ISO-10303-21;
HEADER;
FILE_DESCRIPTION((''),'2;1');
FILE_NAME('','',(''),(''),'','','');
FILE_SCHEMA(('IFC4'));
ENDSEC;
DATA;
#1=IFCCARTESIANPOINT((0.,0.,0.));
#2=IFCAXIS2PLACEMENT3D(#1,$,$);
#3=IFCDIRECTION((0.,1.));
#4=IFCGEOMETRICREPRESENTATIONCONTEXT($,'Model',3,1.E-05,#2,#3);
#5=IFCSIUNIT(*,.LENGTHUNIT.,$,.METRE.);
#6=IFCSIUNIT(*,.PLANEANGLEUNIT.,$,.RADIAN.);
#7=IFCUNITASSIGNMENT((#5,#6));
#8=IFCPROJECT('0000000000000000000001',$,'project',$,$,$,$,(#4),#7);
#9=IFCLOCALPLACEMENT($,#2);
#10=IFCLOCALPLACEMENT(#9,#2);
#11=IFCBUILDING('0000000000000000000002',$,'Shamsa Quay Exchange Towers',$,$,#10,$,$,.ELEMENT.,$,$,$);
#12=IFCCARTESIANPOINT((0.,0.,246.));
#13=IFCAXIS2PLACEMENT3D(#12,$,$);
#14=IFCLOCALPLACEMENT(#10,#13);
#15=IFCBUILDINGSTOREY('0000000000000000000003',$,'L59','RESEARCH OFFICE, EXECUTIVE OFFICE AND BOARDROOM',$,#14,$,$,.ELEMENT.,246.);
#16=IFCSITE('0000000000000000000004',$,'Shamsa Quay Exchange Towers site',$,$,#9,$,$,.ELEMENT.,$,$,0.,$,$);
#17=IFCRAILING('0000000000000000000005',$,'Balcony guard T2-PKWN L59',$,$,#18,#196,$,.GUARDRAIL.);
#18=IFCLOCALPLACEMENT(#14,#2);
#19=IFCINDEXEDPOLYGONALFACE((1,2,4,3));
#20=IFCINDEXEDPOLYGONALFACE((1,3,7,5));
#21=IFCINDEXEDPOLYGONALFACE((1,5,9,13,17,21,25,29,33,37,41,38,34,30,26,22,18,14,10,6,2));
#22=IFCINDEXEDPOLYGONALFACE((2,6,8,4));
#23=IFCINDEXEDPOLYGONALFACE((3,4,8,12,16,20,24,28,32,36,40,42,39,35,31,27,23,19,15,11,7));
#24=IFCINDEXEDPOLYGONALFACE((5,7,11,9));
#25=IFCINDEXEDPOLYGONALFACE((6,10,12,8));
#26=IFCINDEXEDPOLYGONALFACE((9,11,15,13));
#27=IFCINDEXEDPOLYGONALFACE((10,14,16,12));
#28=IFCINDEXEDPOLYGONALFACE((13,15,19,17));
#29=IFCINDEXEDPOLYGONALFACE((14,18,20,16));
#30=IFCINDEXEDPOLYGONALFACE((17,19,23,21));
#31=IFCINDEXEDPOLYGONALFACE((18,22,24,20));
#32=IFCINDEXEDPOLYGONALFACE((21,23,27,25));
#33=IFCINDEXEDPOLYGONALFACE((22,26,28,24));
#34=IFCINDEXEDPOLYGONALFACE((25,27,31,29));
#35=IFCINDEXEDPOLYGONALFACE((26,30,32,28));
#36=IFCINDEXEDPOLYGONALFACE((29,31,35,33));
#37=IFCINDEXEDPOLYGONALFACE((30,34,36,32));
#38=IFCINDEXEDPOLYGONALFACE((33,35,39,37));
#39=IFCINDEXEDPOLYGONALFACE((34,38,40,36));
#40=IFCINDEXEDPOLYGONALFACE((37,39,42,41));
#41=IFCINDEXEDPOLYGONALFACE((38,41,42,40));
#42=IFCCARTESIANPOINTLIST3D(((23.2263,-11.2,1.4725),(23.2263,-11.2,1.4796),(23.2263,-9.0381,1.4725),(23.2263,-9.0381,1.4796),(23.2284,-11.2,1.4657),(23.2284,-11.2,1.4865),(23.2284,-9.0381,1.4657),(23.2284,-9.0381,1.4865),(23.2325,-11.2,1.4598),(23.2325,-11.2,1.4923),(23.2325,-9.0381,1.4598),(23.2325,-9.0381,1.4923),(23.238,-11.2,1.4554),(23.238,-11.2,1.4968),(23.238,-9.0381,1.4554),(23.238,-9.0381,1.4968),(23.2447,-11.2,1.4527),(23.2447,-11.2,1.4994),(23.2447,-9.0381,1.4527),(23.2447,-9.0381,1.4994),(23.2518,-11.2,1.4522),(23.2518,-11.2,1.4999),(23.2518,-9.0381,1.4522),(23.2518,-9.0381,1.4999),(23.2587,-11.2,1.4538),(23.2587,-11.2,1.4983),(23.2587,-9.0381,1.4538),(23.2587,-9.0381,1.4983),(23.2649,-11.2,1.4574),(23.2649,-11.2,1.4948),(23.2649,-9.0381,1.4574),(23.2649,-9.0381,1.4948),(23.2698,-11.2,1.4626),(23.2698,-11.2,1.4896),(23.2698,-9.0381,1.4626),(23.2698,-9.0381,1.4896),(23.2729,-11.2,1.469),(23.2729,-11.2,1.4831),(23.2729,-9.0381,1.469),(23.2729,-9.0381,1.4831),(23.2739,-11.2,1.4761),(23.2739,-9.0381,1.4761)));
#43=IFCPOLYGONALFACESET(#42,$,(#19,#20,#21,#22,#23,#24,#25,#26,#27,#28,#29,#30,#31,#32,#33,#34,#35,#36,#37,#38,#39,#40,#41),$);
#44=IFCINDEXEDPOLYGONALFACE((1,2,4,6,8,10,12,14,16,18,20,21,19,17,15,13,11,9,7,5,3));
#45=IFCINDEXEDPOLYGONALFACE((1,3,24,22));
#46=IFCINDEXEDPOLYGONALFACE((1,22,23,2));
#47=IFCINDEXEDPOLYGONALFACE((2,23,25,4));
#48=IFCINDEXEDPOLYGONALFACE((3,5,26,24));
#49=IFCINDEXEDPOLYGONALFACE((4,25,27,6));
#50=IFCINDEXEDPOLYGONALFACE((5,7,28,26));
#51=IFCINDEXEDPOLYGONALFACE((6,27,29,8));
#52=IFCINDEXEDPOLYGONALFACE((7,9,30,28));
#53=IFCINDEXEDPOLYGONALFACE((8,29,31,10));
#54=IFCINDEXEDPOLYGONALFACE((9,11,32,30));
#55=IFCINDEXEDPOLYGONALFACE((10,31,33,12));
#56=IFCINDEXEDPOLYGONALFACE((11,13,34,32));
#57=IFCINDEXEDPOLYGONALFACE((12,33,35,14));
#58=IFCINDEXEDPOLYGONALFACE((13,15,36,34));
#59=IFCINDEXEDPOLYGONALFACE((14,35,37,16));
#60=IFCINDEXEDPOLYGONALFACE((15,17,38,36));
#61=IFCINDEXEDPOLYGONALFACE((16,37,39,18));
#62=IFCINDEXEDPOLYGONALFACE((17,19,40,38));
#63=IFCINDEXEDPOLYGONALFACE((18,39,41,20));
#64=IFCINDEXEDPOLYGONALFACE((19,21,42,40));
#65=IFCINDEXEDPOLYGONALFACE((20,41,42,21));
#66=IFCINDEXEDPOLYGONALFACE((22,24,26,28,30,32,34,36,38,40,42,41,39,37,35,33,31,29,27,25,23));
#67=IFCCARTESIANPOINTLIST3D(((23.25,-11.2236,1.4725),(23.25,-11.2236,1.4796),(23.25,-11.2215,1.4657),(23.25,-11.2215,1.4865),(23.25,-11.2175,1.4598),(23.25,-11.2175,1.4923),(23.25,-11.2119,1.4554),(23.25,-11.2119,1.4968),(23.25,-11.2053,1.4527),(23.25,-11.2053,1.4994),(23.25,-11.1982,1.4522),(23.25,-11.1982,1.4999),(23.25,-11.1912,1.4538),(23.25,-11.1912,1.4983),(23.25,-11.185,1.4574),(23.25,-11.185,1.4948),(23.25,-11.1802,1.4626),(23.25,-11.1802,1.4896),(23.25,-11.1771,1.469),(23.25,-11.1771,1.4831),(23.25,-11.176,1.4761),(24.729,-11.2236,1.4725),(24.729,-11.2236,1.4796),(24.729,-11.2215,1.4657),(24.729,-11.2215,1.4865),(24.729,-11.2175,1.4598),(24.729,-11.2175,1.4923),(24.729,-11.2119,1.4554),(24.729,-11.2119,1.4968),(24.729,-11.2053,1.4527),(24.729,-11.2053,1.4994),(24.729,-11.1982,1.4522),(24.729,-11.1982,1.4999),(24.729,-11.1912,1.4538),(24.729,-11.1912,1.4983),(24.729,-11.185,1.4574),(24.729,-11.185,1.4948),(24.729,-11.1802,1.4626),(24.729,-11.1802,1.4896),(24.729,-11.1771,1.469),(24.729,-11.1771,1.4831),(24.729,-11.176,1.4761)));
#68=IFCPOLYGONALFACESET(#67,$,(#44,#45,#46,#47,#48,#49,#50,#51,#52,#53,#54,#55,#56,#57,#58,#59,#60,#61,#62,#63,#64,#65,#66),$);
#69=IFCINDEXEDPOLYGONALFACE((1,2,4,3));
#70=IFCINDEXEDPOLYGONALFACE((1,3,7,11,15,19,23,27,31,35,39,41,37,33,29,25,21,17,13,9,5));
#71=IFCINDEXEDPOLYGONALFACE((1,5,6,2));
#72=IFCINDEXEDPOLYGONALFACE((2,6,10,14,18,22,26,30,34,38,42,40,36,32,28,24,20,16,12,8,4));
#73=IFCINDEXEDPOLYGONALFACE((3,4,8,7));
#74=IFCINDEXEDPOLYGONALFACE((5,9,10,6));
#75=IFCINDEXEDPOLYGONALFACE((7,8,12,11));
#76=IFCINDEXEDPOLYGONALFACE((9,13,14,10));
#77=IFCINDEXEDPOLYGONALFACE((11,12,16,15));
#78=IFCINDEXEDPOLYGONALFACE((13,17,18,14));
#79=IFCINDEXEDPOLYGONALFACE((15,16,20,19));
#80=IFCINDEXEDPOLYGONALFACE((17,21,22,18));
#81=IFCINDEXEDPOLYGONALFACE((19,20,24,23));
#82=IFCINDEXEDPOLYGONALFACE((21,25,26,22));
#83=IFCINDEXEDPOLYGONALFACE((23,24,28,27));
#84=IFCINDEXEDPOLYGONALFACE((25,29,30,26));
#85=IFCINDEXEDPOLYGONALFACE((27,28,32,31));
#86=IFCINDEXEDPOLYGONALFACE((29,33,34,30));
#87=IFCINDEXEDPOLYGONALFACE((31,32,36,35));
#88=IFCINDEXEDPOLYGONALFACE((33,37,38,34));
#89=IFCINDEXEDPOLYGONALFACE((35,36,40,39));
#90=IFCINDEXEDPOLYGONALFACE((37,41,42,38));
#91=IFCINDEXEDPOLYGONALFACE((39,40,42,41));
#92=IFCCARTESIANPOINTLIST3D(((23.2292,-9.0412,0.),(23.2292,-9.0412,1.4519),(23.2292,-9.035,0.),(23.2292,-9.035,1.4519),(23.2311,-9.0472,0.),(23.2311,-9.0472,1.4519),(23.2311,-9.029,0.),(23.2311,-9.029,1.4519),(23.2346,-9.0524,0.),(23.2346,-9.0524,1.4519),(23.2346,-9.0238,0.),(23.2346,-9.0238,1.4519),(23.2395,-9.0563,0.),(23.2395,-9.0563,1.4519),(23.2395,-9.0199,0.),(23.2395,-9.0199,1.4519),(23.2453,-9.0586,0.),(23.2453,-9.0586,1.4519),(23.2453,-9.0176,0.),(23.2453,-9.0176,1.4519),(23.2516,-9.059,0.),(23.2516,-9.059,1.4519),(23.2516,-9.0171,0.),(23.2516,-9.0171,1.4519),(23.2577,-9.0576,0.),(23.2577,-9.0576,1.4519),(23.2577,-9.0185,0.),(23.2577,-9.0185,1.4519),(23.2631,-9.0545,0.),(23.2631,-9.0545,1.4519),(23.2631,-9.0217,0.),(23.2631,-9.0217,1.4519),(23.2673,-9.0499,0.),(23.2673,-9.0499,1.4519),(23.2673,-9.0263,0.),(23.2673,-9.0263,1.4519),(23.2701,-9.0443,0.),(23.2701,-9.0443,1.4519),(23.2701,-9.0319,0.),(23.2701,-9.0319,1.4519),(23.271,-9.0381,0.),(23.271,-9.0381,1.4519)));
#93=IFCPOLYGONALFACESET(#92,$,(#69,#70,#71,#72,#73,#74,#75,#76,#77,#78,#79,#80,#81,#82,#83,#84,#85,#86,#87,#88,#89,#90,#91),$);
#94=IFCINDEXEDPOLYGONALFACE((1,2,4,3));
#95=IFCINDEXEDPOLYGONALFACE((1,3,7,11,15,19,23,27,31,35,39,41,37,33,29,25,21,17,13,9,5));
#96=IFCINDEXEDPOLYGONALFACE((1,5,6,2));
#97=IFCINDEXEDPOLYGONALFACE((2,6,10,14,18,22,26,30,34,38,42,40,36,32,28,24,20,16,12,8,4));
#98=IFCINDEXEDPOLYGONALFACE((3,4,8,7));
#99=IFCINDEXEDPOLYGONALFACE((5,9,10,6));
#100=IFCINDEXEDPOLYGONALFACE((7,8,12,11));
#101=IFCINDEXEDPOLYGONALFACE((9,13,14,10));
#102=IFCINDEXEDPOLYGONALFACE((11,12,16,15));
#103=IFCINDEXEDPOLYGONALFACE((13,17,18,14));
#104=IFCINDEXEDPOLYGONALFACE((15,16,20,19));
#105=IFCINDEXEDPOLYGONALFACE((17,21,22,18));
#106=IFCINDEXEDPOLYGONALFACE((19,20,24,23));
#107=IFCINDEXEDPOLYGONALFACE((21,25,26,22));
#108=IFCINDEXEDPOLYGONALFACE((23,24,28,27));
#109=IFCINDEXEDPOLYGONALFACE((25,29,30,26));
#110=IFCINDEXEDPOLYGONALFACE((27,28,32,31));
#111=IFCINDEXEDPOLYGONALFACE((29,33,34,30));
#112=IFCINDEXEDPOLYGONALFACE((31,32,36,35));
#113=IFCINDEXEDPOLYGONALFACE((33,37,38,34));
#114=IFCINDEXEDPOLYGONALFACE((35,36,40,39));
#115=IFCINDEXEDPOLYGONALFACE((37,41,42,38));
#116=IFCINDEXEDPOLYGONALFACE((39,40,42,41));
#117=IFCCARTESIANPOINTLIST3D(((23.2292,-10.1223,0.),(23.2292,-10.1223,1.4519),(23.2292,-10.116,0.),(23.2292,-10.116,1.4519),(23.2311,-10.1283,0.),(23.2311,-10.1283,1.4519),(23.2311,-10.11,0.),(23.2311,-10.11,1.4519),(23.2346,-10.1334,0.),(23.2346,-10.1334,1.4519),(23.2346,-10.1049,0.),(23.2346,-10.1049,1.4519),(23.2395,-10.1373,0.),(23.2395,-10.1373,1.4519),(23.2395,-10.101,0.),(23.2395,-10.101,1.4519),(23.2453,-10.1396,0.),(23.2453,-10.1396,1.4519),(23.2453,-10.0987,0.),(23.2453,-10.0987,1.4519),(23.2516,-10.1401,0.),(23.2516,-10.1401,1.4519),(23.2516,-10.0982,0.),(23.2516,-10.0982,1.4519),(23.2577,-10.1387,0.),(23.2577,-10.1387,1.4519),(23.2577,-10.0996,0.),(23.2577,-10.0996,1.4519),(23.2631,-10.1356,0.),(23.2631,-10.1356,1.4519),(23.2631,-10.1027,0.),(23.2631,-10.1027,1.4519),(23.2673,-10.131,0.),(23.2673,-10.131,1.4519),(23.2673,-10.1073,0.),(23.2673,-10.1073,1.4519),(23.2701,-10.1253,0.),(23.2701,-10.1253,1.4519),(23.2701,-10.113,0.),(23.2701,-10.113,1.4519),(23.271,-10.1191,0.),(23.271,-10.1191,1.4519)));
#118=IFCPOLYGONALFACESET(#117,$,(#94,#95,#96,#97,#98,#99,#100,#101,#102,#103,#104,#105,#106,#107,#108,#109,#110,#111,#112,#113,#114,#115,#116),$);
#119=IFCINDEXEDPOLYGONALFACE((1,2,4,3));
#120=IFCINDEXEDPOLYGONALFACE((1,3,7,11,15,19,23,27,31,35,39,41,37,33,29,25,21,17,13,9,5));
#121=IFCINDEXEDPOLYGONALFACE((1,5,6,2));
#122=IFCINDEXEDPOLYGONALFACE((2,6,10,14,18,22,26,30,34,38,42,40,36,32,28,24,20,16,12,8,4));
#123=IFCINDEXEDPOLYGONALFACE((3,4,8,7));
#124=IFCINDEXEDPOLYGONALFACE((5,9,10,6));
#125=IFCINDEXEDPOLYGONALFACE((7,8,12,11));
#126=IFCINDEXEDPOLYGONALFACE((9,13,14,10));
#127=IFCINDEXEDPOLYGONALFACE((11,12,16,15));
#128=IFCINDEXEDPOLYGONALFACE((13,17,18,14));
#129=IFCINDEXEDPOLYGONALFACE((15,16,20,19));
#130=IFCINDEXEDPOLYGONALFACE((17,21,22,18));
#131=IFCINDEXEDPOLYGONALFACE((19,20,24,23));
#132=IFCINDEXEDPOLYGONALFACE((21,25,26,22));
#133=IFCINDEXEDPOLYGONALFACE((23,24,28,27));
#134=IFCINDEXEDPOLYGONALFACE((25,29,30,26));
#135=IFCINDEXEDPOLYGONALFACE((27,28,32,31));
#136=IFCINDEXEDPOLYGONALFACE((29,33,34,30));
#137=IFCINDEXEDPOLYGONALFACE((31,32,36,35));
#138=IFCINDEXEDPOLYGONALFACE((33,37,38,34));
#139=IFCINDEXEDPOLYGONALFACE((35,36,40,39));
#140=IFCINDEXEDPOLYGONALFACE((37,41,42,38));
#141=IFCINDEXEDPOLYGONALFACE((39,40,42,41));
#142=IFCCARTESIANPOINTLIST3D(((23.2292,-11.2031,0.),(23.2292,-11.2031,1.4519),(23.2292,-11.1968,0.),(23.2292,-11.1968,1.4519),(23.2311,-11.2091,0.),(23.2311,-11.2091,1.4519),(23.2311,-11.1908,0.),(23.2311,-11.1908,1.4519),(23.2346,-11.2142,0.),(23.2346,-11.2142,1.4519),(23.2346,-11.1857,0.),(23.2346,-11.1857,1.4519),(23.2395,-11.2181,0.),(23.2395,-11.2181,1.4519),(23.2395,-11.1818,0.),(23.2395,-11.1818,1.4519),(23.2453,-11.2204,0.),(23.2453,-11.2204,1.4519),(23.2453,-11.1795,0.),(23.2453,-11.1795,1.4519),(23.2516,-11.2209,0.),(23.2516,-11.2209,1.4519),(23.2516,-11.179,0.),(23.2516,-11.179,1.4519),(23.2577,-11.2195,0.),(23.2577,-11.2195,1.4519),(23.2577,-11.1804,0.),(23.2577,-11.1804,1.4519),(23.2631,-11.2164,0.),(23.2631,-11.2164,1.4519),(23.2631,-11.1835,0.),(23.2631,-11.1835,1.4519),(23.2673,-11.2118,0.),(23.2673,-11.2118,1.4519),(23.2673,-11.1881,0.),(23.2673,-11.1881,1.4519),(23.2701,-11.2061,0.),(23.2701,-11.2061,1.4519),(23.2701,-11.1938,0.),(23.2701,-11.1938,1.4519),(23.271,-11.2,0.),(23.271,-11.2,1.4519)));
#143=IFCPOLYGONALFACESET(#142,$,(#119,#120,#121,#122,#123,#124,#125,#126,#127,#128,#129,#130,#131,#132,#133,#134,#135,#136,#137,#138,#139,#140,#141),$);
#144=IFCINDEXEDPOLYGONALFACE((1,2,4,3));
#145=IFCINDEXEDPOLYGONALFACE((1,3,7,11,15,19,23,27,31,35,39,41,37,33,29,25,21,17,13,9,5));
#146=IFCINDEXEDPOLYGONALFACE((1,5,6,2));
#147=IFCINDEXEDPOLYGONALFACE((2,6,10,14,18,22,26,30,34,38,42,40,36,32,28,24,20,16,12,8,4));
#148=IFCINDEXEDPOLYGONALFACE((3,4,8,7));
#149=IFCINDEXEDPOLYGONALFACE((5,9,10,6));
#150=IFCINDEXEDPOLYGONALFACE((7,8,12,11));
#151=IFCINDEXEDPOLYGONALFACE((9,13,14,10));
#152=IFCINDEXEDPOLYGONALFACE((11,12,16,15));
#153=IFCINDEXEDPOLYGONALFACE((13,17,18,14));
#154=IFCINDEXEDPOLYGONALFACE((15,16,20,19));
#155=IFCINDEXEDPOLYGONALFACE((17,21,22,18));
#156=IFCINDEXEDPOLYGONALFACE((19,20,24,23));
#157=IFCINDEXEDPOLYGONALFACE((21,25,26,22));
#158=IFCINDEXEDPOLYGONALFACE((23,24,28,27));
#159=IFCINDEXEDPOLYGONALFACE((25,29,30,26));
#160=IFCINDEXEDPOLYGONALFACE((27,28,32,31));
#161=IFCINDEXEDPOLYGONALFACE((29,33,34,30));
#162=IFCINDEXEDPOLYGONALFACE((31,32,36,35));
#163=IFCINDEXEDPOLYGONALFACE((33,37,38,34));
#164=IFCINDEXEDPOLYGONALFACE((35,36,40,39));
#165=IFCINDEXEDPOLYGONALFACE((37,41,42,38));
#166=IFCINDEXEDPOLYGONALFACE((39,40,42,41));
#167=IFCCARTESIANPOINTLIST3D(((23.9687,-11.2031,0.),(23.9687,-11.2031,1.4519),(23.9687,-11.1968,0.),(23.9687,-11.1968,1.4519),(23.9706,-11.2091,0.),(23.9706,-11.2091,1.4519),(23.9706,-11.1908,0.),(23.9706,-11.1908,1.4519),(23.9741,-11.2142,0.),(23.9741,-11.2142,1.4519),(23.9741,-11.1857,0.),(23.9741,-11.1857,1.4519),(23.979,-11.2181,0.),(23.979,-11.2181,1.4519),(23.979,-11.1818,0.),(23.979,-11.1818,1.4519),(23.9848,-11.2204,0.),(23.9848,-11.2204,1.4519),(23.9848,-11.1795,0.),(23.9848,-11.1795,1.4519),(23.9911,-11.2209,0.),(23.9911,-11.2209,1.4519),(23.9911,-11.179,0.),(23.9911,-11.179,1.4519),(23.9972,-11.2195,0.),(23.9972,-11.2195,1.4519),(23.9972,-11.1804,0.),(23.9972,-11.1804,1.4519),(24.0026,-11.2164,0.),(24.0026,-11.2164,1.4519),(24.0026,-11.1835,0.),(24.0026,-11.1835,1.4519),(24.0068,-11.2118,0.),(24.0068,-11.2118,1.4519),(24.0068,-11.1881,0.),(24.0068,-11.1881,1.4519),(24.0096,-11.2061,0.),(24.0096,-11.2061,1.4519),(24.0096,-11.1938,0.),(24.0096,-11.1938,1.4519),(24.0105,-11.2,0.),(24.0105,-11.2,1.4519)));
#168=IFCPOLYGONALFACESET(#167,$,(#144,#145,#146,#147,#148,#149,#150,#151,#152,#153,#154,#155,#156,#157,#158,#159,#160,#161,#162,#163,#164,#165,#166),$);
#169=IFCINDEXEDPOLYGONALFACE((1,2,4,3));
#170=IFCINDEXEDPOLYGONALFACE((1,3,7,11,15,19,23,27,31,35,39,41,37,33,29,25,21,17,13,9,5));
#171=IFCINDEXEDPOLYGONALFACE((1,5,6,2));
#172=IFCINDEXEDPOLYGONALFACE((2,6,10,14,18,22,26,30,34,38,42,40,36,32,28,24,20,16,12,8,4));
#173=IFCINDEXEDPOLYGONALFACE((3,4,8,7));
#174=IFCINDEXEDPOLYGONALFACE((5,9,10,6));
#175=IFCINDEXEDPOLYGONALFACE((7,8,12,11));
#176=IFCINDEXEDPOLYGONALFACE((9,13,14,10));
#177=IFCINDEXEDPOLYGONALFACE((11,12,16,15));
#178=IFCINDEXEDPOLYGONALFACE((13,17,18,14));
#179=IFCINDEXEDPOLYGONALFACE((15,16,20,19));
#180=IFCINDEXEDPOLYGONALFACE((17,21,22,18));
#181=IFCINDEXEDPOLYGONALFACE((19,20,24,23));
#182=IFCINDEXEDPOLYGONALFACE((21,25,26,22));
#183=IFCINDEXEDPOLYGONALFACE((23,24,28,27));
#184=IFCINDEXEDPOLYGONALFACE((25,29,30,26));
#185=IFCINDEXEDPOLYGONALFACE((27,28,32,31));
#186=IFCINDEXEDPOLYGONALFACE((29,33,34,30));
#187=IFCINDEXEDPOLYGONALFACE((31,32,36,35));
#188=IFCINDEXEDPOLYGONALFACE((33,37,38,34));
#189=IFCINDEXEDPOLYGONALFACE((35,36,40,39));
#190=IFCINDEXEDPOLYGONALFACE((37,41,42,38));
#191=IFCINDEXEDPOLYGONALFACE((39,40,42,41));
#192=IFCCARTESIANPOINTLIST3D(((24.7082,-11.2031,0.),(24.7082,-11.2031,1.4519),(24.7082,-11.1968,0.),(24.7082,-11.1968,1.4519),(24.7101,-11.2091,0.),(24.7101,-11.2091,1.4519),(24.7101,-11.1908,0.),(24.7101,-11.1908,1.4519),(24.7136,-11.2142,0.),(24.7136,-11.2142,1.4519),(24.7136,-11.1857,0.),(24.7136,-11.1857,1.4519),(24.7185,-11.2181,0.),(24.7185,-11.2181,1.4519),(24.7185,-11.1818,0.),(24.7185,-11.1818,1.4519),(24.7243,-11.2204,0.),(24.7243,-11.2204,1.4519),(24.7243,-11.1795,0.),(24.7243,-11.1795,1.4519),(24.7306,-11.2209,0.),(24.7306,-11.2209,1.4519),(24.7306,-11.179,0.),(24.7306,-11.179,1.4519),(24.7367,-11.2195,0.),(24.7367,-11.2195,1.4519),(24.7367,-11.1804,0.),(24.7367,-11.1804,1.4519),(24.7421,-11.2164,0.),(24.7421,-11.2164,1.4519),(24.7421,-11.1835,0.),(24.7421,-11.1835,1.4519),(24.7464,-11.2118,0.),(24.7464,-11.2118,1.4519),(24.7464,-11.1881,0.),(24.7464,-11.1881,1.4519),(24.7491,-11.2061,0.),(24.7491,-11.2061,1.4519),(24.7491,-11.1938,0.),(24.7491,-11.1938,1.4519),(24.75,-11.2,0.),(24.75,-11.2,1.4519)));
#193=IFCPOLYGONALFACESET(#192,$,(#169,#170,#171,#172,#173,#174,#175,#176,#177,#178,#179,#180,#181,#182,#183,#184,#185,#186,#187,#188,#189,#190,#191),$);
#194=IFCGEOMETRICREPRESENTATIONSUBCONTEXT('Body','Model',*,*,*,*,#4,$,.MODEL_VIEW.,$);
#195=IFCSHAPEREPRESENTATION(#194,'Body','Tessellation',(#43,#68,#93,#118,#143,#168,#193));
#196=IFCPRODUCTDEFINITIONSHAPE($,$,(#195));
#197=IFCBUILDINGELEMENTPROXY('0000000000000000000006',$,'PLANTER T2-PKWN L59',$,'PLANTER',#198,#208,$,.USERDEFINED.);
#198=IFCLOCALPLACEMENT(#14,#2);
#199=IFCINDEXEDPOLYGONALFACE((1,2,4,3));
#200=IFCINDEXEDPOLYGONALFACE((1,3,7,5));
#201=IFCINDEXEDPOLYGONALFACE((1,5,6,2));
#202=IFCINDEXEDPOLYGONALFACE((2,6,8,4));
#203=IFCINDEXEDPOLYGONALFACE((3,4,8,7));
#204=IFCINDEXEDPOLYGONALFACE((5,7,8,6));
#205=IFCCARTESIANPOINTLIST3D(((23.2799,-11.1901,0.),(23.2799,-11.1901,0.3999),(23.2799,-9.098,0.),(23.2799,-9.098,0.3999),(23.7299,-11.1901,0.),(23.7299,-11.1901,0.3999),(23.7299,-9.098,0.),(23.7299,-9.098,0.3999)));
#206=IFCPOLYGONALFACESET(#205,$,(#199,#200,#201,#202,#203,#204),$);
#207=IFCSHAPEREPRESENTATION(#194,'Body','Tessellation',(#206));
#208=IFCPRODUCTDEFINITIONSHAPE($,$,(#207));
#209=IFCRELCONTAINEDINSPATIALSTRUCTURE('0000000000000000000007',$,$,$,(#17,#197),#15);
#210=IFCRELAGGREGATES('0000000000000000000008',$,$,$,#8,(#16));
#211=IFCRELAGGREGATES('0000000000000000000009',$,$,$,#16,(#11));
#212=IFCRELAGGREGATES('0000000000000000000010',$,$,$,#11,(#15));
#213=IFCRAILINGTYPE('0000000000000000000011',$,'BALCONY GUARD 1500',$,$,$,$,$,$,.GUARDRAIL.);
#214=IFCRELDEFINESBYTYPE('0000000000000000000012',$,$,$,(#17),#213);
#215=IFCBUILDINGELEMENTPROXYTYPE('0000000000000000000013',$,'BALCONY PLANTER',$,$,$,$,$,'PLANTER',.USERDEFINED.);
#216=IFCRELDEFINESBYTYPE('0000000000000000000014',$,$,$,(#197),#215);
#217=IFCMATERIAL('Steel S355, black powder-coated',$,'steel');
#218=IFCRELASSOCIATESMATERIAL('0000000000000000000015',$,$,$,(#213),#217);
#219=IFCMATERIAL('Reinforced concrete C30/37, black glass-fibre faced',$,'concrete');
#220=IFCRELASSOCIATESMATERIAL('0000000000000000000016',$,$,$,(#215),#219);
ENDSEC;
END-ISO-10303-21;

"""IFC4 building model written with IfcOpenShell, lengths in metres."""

from ifc_helpers import new_model, si_unit, direction, frame, origin, origin_2d, place, context, subcontext, project, spatial, rectangle, circle, extrude, material, type_object, element, save


model = new_model("IFC4")

# Units and contexts
model_context = context("Model", 3, precision=1e-05, world=origin(), true_north=direction((0.0, 1.0)))
body_context = subcontext(model_context, "Body", "Model", "MODEL_VIEW")
ifc_project = project(units=[si_unit("LENGTHUNIT", "METRE"), si_unit("PLANEANGLEUNIT", "RADIAN")], contexts=[model_context])

# Site, building, storey
site_placement = place(None, origin())
site = spatial("IfcSite", under=ifc_project, at=site_placement, Name="Shamsa Quay Exchange Towers site", CompositionType="ELEMENT", RefElevation=0.0)
building_placement = place(site_placement, origin())
building = spatial("IfcBuilding", under=site, at=building_placement, Name="Shamsa Quay Exchange Towers", CompositionType="ELEMENT")
storey_placement = place(building_placement, frame((0.0, 0.0, 246.0)))
storey = spatial("IfcBuildingStorey", under=building, at=storey_placement, Name="L59", Description="RESEARCH OFFICE, EXECUTIVE OFFICE AND BOARDROOM", CompositionType="ELEMENT", Elevation=246.0)

# Railing
ifc_material_1 = material(Name="Steel S355, black powder-coated", Category="steel")
railing_type = type_object("IfcRailingType", Name="BALCONY GUARD 1500", PredefinedType="GUARDRAIL", material=ifc_material_1)
railing_placement = place(storey_placement, frame((23.25, -9.0381, 0.0)))
element("IfcRailing", 1, at=railing_placement, inside=storey, type_object=railing_type, Name="Balcony guard T2-PKWN L59", PredefinedType="GUARDRAIL", context=body_context, shape_type="SweptSolid", body=[
    extrude(circle(Radius=0.0239, at=origin_2d()), frame((0.0, 0.0, 1.4761), z_axis=(0.0, -1.0, 0.0), x_axis=(1.0, 0.0, 0.0)), (0.0, 0.0, 1.0), 2.1619),
    extrude(circle(Radius=0.0239, at=origin_2d()), frame((0.0, -2.1619, 1.4761), z_axis=(1.0, 0.0, 0.0), x_axis=(0.0, 1.0, 0.0)), (0.0, 0.0, 1.0), 1.479),
    extrude(circle(Radius=0.021, at=origin_2d()), origin(), (0.0, 0.0, 1.0), 1.4519),
    extrude(circle(Radius=0.021, at=origin_2d()), frame((0.0, -1.0811, 0.0)), (0.0, 0.0, 1.0), 1.4519),
    extrude(circle(Radius=0.021, at=origin_2d()), frame((0.0, -2.1619, 0.0)), (0.0, 0.0, 1.0), 1.4519),
    extrude(circle(Radius=0.021, at=origin_2d()), frame((0.7395, -2.1619, 0.0)), (0.0, 0.0, 1.0), 1.4519),
    extrude(circle(Radius=0.021, at=origin_2d()), frame((1.479, -2.1619, 0.0)), (0.0, 0.0, 1.0), 1.4519),
])

# Building element proxy
ifc_material_2 = material(Name="Reinforced concrete C30/37, black glass-fibre faced", Category="concrete")
building_element_proxy_type = type_object("IfcBuildingElementProxyType", Name="BALCONY PLANTER", ElementType="PLANTER", PredefinedType="USERDEFINED", material=ifc_material_2)
proxy_placement = place(storey_placement, frame((23.5049, -10.144, 0.0), z_axis=(0.0, 0.0, 1.0), x_axis=(0.0, -1.0, 0.0)))
element("IfcBuildingElementProxy", 2, at=proxy_placement, inside=storey, type_object=building_element_proxy_type, Name="PLANTER T2-PKWN L59", ObjectType="PLANTER", PredefinedType="USERDEFINED", context=body_context, shape_type="SweptSolid", body=[
    extrude(rectangle(XDim=2.092, YDim=0.45, at=origin_2d()), origin(), (0.0, 0.0, 1.0), 0.3999),
])

save(model, "model.ifc")
